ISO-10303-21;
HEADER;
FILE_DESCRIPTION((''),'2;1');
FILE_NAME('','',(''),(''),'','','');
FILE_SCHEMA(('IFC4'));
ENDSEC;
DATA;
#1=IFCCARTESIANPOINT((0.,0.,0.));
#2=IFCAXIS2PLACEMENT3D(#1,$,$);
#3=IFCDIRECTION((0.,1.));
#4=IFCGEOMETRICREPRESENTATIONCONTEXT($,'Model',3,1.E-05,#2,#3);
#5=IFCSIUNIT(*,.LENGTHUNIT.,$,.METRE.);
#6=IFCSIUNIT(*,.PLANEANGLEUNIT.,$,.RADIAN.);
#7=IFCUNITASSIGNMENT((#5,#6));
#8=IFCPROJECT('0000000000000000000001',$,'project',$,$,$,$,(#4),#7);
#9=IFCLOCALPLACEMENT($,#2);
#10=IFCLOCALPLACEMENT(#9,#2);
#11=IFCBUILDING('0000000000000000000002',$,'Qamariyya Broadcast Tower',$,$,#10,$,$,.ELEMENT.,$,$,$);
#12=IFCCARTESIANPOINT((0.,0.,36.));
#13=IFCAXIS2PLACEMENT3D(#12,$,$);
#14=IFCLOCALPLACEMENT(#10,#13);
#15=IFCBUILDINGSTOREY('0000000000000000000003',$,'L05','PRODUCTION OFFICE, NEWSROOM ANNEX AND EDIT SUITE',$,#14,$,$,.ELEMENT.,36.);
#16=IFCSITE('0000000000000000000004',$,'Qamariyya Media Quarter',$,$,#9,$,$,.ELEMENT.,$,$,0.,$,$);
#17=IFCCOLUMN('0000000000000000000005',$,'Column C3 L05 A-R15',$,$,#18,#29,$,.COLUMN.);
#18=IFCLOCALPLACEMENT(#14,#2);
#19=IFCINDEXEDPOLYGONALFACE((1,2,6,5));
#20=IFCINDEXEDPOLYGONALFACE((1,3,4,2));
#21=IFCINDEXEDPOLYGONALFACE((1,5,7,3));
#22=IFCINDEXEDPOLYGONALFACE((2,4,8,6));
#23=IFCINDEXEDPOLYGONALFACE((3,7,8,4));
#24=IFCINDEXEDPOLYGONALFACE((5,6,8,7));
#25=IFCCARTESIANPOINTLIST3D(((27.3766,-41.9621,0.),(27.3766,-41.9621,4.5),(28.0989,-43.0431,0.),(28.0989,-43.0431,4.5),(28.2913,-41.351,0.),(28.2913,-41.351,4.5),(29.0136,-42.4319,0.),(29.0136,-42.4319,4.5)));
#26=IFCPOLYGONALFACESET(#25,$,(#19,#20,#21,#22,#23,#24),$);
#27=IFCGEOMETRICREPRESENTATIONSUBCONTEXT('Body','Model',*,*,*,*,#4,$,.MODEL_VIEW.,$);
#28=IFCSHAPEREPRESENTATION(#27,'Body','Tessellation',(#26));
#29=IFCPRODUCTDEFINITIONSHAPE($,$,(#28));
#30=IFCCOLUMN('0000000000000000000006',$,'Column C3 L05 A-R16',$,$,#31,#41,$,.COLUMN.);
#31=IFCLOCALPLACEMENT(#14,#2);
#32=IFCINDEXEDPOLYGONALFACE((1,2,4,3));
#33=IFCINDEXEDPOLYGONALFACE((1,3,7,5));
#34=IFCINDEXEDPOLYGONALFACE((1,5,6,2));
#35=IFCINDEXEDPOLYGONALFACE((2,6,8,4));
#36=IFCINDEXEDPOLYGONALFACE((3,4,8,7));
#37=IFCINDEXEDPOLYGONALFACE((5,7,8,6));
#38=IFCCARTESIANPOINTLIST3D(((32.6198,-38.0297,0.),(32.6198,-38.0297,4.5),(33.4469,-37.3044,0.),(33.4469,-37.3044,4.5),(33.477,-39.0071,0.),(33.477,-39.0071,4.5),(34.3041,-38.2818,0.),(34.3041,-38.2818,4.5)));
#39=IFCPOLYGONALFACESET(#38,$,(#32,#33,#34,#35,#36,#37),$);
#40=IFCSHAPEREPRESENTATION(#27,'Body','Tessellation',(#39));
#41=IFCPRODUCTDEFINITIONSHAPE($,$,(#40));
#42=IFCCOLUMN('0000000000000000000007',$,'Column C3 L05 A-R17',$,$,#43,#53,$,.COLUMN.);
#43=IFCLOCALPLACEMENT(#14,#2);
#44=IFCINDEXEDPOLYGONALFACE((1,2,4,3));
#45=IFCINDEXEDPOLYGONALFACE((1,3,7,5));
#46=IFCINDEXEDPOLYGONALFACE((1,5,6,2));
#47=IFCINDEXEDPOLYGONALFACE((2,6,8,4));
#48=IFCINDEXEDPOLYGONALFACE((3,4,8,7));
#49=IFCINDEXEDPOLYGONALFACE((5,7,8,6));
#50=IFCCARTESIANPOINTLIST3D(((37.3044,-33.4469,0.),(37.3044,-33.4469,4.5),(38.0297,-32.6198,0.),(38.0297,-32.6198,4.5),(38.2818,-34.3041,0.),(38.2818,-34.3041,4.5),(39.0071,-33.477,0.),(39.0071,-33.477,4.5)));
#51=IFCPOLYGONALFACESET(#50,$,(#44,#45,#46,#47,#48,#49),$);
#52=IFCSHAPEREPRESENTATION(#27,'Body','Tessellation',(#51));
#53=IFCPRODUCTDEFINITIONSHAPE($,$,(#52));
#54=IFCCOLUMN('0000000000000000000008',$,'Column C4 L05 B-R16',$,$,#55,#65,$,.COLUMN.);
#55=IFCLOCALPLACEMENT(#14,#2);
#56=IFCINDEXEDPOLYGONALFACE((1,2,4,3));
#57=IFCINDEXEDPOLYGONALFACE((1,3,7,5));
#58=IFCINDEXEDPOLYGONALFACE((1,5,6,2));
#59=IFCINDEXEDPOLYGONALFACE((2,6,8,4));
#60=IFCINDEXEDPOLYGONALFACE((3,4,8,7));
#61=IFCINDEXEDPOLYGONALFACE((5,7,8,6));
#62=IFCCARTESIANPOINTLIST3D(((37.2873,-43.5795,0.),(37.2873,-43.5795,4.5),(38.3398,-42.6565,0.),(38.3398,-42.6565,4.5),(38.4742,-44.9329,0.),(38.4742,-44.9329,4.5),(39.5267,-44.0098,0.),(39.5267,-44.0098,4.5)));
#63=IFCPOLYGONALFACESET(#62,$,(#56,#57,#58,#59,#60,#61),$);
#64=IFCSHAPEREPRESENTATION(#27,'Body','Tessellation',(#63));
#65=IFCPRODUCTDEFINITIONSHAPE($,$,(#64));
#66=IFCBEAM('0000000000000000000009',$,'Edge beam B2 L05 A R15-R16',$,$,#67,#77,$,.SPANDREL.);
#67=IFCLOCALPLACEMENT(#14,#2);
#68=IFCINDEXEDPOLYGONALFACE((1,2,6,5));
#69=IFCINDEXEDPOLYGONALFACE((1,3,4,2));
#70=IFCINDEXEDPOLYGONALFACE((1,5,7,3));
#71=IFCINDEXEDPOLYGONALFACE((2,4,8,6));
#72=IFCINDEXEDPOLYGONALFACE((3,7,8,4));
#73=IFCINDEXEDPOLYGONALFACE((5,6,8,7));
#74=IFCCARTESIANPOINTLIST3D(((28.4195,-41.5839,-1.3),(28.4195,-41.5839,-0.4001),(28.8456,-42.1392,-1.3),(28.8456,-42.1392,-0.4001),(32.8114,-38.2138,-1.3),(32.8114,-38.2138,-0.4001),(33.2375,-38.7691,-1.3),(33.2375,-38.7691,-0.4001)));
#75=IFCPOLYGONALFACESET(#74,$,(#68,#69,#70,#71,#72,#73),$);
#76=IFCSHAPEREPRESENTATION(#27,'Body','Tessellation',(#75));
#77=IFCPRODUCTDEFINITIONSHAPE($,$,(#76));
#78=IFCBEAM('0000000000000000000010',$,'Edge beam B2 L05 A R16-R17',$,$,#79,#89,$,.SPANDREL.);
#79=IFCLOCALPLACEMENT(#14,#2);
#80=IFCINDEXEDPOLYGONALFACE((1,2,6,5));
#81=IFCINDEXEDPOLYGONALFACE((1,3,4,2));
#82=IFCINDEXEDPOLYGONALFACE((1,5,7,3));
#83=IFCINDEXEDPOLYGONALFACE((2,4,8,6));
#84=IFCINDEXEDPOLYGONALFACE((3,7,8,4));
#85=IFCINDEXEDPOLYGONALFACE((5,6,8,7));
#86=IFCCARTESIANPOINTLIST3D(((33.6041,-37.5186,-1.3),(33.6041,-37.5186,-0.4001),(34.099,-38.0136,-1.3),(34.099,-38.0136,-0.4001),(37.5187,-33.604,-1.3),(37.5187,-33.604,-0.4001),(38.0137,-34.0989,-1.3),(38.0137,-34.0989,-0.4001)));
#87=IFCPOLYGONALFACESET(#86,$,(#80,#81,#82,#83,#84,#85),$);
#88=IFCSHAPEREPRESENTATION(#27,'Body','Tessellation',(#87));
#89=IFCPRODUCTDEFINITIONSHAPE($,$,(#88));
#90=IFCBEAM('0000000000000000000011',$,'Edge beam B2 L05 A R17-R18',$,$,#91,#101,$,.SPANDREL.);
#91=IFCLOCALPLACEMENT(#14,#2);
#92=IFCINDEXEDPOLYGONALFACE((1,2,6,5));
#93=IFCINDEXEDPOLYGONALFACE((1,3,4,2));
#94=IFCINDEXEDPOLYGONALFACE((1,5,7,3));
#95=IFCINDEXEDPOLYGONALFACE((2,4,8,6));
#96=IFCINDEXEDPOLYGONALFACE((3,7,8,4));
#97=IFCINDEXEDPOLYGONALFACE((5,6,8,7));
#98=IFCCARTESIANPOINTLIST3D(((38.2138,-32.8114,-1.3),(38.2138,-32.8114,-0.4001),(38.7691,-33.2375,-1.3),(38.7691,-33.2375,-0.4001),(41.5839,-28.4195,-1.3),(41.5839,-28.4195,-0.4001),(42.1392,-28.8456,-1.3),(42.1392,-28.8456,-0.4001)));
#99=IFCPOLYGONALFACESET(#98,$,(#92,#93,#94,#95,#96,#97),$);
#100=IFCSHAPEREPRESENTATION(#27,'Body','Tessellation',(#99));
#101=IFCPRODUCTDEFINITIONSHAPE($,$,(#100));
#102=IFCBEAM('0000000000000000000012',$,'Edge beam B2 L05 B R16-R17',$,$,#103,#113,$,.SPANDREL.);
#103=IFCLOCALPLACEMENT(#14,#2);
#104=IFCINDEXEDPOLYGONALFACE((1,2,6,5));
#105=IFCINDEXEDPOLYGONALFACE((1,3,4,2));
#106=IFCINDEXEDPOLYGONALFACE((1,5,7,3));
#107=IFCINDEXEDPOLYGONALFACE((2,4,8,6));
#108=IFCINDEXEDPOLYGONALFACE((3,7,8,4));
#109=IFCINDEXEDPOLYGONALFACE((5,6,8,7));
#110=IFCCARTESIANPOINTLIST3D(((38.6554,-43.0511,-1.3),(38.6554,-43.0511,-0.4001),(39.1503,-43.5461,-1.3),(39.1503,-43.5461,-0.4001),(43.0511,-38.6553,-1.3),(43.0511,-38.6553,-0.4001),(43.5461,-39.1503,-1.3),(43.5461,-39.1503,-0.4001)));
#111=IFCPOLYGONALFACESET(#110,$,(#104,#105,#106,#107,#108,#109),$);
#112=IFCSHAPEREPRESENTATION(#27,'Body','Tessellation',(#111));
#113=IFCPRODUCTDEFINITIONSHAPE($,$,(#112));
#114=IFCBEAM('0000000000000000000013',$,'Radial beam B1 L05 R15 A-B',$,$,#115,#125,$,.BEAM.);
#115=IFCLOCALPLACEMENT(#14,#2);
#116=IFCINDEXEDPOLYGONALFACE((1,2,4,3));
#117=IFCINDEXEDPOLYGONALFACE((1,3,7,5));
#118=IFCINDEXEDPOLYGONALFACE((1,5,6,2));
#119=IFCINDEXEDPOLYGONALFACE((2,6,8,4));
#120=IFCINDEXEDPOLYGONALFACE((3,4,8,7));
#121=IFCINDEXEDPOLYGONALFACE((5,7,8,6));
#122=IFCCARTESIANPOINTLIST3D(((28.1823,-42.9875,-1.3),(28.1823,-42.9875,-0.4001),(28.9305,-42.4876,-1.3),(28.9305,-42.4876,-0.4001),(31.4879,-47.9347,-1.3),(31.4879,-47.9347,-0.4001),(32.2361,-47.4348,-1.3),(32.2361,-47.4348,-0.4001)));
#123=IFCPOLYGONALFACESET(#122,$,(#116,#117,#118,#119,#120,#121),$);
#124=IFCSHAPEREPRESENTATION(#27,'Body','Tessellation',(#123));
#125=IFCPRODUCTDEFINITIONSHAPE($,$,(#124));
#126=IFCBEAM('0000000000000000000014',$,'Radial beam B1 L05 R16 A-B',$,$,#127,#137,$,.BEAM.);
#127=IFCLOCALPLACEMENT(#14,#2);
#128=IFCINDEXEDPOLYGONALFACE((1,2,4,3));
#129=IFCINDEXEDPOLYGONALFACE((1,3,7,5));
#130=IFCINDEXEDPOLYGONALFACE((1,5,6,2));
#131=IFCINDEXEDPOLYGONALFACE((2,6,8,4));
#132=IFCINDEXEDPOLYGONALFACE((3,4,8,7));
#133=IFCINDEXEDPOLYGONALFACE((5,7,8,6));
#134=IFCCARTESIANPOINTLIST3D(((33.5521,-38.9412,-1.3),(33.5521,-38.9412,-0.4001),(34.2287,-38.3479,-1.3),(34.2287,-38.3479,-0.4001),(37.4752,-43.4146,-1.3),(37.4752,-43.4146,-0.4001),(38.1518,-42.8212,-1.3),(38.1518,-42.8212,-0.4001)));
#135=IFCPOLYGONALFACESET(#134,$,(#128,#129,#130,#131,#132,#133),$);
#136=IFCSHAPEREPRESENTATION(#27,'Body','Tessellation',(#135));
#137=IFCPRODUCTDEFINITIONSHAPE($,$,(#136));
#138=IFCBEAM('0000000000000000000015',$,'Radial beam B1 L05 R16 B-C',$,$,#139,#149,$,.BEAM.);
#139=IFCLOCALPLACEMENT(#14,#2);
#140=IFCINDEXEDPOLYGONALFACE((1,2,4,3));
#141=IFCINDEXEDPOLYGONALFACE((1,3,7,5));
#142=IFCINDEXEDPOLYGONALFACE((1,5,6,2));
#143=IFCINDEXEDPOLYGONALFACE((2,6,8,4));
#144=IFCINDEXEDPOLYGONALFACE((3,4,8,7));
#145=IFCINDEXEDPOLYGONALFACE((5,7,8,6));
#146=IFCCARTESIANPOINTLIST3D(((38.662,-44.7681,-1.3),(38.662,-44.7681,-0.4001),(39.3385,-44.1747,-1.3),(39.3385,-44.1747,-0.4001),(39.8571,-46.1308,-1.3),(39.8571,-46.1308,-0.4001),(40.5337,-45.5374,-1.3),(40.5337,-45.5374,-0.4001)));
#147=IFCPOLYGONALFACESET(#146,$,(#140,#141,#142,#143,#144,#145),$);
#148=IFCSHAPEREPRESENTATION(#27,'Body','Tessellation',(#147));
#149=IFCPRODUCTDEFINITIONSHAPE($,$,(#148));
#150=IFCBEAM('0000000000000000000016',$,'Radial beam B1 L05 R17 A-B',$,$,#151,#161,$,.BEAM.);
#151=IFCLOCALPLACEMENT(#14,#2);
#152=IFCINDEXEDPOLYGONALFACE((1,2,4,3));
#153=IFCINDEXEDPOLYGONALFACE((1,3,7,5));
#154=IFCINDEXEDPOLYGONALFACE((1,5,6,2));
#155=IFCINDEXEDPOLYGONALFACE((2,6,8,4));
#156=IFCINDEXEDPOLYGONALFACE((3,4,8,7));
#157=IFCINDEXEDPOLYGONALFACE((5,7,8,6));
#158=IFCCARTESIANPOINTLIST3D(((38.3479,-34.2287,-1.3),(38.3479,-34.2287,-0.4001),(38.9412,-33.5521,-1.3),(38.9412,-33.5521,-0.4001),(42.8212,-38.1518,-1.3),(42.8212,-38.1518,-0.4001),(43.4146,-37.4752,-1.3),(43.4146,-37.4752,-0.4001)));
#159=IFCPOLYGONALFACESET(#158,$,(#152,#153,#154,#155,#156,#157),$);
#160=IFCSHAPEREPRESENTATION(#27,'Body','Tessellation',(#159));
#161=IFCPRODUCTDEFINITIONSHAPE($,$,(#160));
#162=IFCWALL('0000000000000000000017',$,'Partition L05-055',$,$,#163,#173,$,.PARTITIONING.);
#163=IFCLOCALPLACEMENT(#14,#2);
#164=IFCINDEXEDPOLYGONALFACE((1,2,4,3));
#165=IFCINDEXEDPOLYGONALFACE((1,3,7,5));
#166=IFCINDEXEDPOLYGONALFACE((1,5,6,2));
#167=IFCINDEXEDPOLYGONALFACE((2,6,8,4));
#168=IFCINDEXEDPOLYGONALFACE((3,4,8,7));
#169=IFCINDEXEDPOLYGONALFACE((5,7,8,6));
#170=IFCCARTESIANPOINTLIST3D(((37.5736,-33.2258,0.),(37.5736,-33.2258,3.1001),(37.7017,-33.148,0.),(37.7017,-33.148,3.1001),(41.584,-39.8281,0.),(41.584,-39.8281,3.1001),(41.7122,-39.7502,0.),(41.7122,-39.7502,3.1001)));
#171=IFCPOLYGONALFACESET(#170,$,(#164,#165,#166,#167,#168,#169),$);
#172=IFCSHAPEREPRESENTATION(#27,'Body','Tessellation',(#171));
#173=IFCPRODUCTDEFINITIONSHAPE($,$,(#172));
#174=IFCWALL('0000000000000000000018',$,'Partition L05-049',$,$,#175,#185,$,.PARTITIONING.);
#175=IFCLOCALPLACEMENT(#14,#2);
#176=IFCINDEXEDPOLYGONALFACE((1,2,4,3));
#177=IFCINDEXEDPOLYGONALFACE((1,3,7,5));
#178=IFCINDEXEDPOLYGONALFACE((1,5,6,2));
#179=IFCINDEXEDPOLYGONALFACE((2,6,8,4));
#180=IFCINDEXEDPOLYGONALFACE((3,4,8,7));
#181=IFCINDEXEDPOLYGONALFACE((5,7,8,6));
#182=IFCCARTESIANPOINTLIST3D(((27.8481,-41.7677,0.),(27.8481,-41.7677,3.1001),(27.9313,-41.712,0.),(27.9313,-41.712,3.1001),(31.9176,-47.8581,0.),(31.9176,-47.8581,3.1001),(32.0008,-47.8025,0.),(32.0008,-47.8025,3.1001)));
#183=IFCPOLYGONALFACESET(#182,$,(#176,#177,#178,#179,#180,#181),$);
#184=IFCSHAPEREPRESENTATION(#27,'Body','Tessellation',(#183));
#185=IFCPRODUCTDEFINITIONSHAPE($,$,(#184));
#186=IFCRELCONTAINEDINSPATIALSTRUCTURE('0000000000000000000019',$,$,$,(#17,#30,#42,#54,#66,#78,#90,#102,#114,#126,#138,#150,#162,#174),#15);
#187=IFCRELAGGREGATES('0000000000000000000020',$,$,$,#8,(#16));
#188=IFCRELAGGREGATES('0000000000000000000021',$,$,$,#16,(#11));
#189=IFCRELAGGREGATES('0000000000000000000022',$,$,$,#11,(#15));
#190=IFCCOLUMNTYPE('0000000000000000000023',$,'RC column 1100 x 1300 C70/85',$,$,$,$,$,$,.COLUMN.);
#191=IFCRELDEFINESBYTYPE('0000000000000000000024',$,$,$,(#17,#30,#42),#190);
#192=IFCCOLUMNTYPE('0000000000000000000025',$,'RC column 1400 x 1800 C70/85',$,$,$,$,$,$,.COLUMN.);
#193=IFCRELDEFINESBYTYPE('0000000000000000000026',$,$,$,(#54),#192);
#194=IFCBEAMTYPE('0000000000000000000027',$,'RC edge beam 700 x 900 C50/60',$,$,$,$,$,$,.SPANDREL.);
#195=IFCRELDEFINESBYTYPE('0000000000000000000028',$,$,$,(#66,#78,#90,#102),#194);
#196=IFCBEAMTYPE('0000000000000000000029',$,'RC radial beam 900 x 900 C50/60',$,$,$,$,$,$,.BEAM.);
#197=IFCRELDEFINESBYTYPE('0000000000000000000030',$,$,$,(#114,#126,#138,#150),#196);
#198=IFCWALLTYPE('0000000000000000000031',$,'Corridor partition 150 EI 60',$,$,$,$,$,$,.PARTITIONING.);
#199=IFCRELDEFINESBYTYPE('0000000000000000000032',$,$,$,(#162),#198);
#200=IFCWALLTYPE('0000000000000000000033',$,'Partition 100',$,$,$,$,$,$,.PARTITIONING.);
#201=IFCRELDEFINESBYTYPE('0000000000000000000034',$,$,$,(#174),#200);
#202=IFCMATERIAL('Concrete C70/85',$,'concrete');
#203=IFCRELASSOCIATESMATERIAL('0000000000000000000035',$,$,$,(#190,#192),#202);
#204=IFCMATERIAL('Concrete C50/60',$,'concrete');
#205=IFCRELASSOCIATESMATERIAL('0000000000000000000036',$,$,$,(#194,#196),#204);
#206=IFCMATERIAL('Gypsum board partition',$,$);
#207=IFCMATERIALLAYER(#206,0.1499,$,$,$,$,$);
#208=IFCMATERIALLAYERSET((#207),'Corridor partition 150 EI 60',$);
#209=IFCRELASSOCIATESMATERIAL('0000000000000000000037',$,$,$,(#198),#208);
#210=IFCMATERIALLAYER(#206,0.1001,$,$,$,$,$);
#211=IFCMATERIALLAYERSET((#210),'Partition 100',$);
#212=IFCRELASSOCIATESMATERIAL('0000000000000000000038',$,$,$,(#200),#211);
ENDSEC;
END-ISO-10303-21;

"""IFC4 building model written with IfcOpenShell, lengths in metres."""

from ifc_helpers import new_model, si_unit, direction, frame, frame_2d, origin, origin_2d, place, context, subcontext, project, spatial, rectangle, extrude, material, layer, layer_set, material_profile, profile_set, type_object, element, save


model = new_model("IFC4")

# Units and contexts
model_context = context("Model", 3, precision=1e-05, world=origin(), true_north=direction((0.0, 1.0)))
body_context = subcontext(model_context, "Body", "Model", "MODEL_VIEW")
ifc_project = project(units=[si_unit("LENGTHUNIT", "METRE"), si_unit("PLANEANGLEUNIT", "RADIAN")], contexts=[model_context])

# Site, building, storey
site_placement = place(None, origin())
site = spatial("IfcSite", under=ifc_project, at=site_placement, Name="Qamariyya Media Quarter", CompositionType="ELEMENT", RefElevation=0.0)
building_placement = place(site_placement, origin())
building = spatial("IfcBuilding", under=site, at=building_placement, Name="Qamariyya Broadcast Tower", CompositionType="ELEMENT")
storey_placement = place(building_placement, frame((0.0, 0.0, 36.0)))
storey = spatial("IfcBuildingStorey", under=building, at=storey_placement, Name="L05", Description="PRODUCTION OFFICE, NEWSROOM ANNEX AND EDIT SUITE", CompositionType="ELEMENT", Elevation=36.0)

# Columns
ifc_material_1 = material(Name="Concrete C70/85", Category="concrete")
ifc_material_profile_1 = material_profile(ifc_material_1, rectangle(XDim=1.1001, YDim=1.3, at=origin_2d()))
ifc_profile_set_1 = profile_set([ifc_material_profile_1], Name="Concrete C70/85")
column_type_1 = type_object("IfcColumnType", Name="RC column 1100 x 1300 C70/85", PredefinedType="COLUMN", material=ifc_profile_set_1)
for number, where, z_axis, x_axis, name in (
    (1, (28.1951, -42.197, 0.0), (0.0, 0.0, 1.0), (0.83147, 0.55557, 0.0), "Column C3 L05 A-R15"),
    (2, (33.4619, -38.1558, 0.0), (0.0, 0.0, 1.0), (0.75184, 0.659346, 0.0), "Column C3 L05 A-R16"),
    (3, (38.1558, -33.4619, 0.0), (0.0, 0.0, 1.0), (0.659346, 0.75184, 0.0), "Column C3 L05 A-R17"),
):
    element("IfcColumn", number, at=place(storey_placement, frame(where, z_axis=z_axis, x_axis=x_axis)), inside=storey, type_object=column_type_1, Name=name, PredefinedType="COLUMN", context=body_context, shape_type="SweptSolid", body=[
        extrude(rectangle(XDim=1.1001, YDim=1.3, at=origin_2d()), origin(), (0.0, 0.0, 1.0), 4.5),
    ])
ifc_material_profile_2 = material_profile(ifc_material_1, rectangle(XDim=1.3999, YDim=1.8, at=origin_2d()))
ifc_profile_set_2 = profile_set([ifc_material_profile_2], Name="Concrete C70/85")
column_type_2 = type_object("IfcColumnType", Name="RC column 1400 x 1800 C70/85", PredefinedType="COLUMN", material=ifc_profile_set_2)
column_placement = place(storey_placement, frame((38.407, -43.7947, 0.0), z_axis=(0.0, 0.0, 1.0), x_axis=(0.75184, 0.659346, 0.0)))
element("IfcColumn", 4, at=column_placement, inside=storey, type_object=column_type_2, Name="Column C4 L05 B-R16", PredefinedType="COLUMN", context=body_context, shape_type="SweptSolid", body=[
    extrude(rectangle(XDim=1.3999, YDim=1.8, at=origin_2d()), origin(), (0.0, 0.0, 1.0), 4.5),
])

# Beams
ifc_material_2 = material(Name="Concrete C50/60", Category="concrete")
ifc_material_profile_3 = material_profile(ifc_material_2, rectangle(XDim=0.7, YDim=0.8999, at=origin_2d()))
ifc_profile_set_3 = profile_set([ifc_material_profile_3], Name="Concrete C50/60")
beam_type_1 = type_object("IfcBeamType", Name="RC edge beam 700 x 900 C50/60", PredefinedType="SPANDREL", material=ifc_profile_set_3)
beam_1_placement = place(storey_placement, frame((28.6326, -41.8616, -0.8501), z_axis=(0.793342, 0.608777, 0.0), x_axis=(-0.608777, 0.793342, 0.0)))
element("IfcBeam", 5, at=beam_1_placement, inside=storey, type_object=beam_type_1, Name="Edge beam B2 L05 A R15-R16", PredefinedType="SPANDREL", context=body_context, shape_type="SweptSolid", body=[
    extrude(rectangle(XDim=0.7, YDim=0.8999, at=origin_2d()), origin(), (0.0, 0.0, 1.0), 5.5359),
])
beam_2_placement = place(storey_placement, frame((33.8516, -37.7661, -0.8501), z_axis=(0.707107, 0.707107, 0.0), x_axis=(-0.707107, 0.707107, 0.0)))
element("IfcBeam", 6, at=beam_2_placement, inside=storey, type_object=beam_type_1, Name="Edge beam B2 L05 A R16-R17", PredefinedType="SPANDREL", context=body_context, shape_type="SweptSolid", body=[
    extrude(rectangle(XDim=0.7, YDim=0.8999, at=origin_2d()), origin(), (0.0, 0.0, 1.0), 5.5361),
])
beam_3_placement = place(storey_placement, frame((38.4915, -33.0244, -0.8501), z_axis=(0.608777, 0.793342, 0.0), x_axis=(-0.793342, 0.608777, 0.0)))
element("IfcBeam", 7, at=beam_3_placement, inside=storey, type_object=beam_type_1, Name="Edge beam B2 L05 A R17-R18", PredefinedType="SPANDREL", context=body_context, shape_type="SweptSolid", body=[
    extrude(rectangle(XDim=0.7, YDim=0.8999, at=origin_2d()), origin(), (0.0, 0.0, 1.0), 5.5359),
])
beam_4_placement = place(storey_placement, frame((38.9028, -43.2986, -0.8501), z_axis=(0.707107, 0.707107, 0.0), x_axis=(-0.707107, 0.707107, 0.0)))
element("IfcBeam", 8, at=beam_4_placement, inside=storey, type_object=beam_type_1, Name="Edge beam B2 L05 B R16-R17", PredefinedType="SPANDREL", context=body_context, shape_type="SweptSolid", body=[
    extrude(rectangle(XDim=0.7, YDim=0.8999, at=origin_2d()), origin(), (0.0, 0.0, 1.0), 6.2166),
])
ifc_material_profile_4 = material_profile(ifc_material_2, rectangle(XDim=0.8999, YDim=0.8999, at=origin_2d()))
ifc_profile_set_4 = profile_set([ifc_material_profile_4], Name="Concrete C50/60")
beam_type_2 = type_object("IfcBeamType", Name="RC radial beam 900 x 900 C50/60", PredefinedType="BEAM", material=ifc_profile_set_4)
for number, where, z_axis, x_axis, name in (
    (9, (28.5564, -42.7375, -0.8501), (0.555571, -0.831469, 0.0), (0.831469, 0.555571, 0.0), "Radial beam B1 L05 R15 A-B"),
    (10, (33.8904, -38.6445, -0.8501), (0.65935, -0.751837, 0.0), (0.751837, 0.65935, 0.0), "Radial beam B1 L05 R16 A-B"),
):
    element("IfcBeam", number, at=place(storey_placement, frame(where, z_axis=z_axis, x_axis=x_axis)), inside=storey, type_object=beam_type_2, Name=name, PredefinedType="BEAM", context=body_context, shape_type="SweptSolid", body=[
        extrude(rectangle(XDim=0.8999, YDim=0.8999, at=origin_2d()), origin(), (0.0, 0.0, 1.0), 5.95),
    ])
beam_5_placement = place(storey_placement, frame((39.0002, -44.4714, -0.8501), z_axis=(0.659391, -0.7518, 0.0), x_axis=(0.7518, 0.659391, 0.0)))
element("IfcBeam", 11, at=beam_5_placement, inside=storey, type_object=beam_type_2, Name="Radial beam B1 L05 R16 B-C", PredefinedType="BEAM", context=body_context, shape_type="SweptSolid", body=[
    extrude(rectangle(XDim=0.8999, YDim=0.8999, at=origin_2d()), origin(), (0.0, 0.0, 1.0), 1.8125),
])
beam_6_placement = place(storey_placement, frame((38.6445, -33.8904, -0.8501), z_axis=(0.751837, -0.65935, 0.0), x_axis=(0.65935, 0.751837, 0.0)))
element("IfcBeam", 12, at=beam_6_placement, inside=storey, type_object=beam_type_2, Name="Radial beam B1 L05 R17 A-B", PredefinedType="BEAM", context=body_context, shape_type="SweptSolid", body=[
    extrude(rectangle(XDim=0.8999, YDim=0.8999, at=origin_2d()), origin(), (0.0, 0.0, 1.0), 5.95),
])

# Walls
ifc_material_3 = material(Name="Gypsum board partition")
ifc_layer_1 = layer(ifc_material_3, 0.1499)
ifc_layer_set_1 = layer_set([ifc_layer_1], Name="Corridor partition 150 EI 60")
wall_type_1 = type_object("IfcWallType", Name="Corridor partition 150 EI 60", PredefinedType="PARTITIONING", material=ifc_layer_set_1)
wall_1_placement = place(storey_placement, frame((37.6377, -33.187, 0.0), z_axis=(0.0, 0.0, 1.0), x_axis=(0.519164, -0.854675, 0.0)))
element("IfcWall", 13, at=wall_1_placement, inside=storey, type_object=wall_type_1, Name="Partition L05-055", PredefinedType="PARTITIONING", context=body_context, shape_type="SweptSolid", body=[
    extrude(rectangle(XDim=7.7249, YDim=0.1499, at=frame_2d((3.8623, 0.0))), origin(), (0.0, 0.0, 1.0), 3.1001),
])
ifc_layer_2 = layer(ifc_material_3, 0.1001)
ifc_layer_set_2 = layer_set([ifc_layer_2], Name="Partition 100")
wall_type_2 = type_object("IfcWallType", Name="Partition 100", PredefinedType="PARTITIONING", material=ifc_layer_set_2)
wall_2_placement = place(storey_placement, frame((27.8896, -41.7397, 0.0), z_axis=(0.0, 0.0, 1.0), x_axis=(0.555569, -0.83147, 0.0)))
element("IfcWall", 14, at=wall_2_placement, inside=storey, type_object=wall_type_2, Name="Partition L05-049", PredefinedType="PARTITIONING", context=body_context, shape_type="SweptSolid", body=[
    extrude(rectangle(XDim=7.325, YDim=0.1001, at=frame_2d((3.6626, 0.0))), origin(), (0.0, 0.0, 1.0), 3.1001),
])

save(model, "model.ifc")
